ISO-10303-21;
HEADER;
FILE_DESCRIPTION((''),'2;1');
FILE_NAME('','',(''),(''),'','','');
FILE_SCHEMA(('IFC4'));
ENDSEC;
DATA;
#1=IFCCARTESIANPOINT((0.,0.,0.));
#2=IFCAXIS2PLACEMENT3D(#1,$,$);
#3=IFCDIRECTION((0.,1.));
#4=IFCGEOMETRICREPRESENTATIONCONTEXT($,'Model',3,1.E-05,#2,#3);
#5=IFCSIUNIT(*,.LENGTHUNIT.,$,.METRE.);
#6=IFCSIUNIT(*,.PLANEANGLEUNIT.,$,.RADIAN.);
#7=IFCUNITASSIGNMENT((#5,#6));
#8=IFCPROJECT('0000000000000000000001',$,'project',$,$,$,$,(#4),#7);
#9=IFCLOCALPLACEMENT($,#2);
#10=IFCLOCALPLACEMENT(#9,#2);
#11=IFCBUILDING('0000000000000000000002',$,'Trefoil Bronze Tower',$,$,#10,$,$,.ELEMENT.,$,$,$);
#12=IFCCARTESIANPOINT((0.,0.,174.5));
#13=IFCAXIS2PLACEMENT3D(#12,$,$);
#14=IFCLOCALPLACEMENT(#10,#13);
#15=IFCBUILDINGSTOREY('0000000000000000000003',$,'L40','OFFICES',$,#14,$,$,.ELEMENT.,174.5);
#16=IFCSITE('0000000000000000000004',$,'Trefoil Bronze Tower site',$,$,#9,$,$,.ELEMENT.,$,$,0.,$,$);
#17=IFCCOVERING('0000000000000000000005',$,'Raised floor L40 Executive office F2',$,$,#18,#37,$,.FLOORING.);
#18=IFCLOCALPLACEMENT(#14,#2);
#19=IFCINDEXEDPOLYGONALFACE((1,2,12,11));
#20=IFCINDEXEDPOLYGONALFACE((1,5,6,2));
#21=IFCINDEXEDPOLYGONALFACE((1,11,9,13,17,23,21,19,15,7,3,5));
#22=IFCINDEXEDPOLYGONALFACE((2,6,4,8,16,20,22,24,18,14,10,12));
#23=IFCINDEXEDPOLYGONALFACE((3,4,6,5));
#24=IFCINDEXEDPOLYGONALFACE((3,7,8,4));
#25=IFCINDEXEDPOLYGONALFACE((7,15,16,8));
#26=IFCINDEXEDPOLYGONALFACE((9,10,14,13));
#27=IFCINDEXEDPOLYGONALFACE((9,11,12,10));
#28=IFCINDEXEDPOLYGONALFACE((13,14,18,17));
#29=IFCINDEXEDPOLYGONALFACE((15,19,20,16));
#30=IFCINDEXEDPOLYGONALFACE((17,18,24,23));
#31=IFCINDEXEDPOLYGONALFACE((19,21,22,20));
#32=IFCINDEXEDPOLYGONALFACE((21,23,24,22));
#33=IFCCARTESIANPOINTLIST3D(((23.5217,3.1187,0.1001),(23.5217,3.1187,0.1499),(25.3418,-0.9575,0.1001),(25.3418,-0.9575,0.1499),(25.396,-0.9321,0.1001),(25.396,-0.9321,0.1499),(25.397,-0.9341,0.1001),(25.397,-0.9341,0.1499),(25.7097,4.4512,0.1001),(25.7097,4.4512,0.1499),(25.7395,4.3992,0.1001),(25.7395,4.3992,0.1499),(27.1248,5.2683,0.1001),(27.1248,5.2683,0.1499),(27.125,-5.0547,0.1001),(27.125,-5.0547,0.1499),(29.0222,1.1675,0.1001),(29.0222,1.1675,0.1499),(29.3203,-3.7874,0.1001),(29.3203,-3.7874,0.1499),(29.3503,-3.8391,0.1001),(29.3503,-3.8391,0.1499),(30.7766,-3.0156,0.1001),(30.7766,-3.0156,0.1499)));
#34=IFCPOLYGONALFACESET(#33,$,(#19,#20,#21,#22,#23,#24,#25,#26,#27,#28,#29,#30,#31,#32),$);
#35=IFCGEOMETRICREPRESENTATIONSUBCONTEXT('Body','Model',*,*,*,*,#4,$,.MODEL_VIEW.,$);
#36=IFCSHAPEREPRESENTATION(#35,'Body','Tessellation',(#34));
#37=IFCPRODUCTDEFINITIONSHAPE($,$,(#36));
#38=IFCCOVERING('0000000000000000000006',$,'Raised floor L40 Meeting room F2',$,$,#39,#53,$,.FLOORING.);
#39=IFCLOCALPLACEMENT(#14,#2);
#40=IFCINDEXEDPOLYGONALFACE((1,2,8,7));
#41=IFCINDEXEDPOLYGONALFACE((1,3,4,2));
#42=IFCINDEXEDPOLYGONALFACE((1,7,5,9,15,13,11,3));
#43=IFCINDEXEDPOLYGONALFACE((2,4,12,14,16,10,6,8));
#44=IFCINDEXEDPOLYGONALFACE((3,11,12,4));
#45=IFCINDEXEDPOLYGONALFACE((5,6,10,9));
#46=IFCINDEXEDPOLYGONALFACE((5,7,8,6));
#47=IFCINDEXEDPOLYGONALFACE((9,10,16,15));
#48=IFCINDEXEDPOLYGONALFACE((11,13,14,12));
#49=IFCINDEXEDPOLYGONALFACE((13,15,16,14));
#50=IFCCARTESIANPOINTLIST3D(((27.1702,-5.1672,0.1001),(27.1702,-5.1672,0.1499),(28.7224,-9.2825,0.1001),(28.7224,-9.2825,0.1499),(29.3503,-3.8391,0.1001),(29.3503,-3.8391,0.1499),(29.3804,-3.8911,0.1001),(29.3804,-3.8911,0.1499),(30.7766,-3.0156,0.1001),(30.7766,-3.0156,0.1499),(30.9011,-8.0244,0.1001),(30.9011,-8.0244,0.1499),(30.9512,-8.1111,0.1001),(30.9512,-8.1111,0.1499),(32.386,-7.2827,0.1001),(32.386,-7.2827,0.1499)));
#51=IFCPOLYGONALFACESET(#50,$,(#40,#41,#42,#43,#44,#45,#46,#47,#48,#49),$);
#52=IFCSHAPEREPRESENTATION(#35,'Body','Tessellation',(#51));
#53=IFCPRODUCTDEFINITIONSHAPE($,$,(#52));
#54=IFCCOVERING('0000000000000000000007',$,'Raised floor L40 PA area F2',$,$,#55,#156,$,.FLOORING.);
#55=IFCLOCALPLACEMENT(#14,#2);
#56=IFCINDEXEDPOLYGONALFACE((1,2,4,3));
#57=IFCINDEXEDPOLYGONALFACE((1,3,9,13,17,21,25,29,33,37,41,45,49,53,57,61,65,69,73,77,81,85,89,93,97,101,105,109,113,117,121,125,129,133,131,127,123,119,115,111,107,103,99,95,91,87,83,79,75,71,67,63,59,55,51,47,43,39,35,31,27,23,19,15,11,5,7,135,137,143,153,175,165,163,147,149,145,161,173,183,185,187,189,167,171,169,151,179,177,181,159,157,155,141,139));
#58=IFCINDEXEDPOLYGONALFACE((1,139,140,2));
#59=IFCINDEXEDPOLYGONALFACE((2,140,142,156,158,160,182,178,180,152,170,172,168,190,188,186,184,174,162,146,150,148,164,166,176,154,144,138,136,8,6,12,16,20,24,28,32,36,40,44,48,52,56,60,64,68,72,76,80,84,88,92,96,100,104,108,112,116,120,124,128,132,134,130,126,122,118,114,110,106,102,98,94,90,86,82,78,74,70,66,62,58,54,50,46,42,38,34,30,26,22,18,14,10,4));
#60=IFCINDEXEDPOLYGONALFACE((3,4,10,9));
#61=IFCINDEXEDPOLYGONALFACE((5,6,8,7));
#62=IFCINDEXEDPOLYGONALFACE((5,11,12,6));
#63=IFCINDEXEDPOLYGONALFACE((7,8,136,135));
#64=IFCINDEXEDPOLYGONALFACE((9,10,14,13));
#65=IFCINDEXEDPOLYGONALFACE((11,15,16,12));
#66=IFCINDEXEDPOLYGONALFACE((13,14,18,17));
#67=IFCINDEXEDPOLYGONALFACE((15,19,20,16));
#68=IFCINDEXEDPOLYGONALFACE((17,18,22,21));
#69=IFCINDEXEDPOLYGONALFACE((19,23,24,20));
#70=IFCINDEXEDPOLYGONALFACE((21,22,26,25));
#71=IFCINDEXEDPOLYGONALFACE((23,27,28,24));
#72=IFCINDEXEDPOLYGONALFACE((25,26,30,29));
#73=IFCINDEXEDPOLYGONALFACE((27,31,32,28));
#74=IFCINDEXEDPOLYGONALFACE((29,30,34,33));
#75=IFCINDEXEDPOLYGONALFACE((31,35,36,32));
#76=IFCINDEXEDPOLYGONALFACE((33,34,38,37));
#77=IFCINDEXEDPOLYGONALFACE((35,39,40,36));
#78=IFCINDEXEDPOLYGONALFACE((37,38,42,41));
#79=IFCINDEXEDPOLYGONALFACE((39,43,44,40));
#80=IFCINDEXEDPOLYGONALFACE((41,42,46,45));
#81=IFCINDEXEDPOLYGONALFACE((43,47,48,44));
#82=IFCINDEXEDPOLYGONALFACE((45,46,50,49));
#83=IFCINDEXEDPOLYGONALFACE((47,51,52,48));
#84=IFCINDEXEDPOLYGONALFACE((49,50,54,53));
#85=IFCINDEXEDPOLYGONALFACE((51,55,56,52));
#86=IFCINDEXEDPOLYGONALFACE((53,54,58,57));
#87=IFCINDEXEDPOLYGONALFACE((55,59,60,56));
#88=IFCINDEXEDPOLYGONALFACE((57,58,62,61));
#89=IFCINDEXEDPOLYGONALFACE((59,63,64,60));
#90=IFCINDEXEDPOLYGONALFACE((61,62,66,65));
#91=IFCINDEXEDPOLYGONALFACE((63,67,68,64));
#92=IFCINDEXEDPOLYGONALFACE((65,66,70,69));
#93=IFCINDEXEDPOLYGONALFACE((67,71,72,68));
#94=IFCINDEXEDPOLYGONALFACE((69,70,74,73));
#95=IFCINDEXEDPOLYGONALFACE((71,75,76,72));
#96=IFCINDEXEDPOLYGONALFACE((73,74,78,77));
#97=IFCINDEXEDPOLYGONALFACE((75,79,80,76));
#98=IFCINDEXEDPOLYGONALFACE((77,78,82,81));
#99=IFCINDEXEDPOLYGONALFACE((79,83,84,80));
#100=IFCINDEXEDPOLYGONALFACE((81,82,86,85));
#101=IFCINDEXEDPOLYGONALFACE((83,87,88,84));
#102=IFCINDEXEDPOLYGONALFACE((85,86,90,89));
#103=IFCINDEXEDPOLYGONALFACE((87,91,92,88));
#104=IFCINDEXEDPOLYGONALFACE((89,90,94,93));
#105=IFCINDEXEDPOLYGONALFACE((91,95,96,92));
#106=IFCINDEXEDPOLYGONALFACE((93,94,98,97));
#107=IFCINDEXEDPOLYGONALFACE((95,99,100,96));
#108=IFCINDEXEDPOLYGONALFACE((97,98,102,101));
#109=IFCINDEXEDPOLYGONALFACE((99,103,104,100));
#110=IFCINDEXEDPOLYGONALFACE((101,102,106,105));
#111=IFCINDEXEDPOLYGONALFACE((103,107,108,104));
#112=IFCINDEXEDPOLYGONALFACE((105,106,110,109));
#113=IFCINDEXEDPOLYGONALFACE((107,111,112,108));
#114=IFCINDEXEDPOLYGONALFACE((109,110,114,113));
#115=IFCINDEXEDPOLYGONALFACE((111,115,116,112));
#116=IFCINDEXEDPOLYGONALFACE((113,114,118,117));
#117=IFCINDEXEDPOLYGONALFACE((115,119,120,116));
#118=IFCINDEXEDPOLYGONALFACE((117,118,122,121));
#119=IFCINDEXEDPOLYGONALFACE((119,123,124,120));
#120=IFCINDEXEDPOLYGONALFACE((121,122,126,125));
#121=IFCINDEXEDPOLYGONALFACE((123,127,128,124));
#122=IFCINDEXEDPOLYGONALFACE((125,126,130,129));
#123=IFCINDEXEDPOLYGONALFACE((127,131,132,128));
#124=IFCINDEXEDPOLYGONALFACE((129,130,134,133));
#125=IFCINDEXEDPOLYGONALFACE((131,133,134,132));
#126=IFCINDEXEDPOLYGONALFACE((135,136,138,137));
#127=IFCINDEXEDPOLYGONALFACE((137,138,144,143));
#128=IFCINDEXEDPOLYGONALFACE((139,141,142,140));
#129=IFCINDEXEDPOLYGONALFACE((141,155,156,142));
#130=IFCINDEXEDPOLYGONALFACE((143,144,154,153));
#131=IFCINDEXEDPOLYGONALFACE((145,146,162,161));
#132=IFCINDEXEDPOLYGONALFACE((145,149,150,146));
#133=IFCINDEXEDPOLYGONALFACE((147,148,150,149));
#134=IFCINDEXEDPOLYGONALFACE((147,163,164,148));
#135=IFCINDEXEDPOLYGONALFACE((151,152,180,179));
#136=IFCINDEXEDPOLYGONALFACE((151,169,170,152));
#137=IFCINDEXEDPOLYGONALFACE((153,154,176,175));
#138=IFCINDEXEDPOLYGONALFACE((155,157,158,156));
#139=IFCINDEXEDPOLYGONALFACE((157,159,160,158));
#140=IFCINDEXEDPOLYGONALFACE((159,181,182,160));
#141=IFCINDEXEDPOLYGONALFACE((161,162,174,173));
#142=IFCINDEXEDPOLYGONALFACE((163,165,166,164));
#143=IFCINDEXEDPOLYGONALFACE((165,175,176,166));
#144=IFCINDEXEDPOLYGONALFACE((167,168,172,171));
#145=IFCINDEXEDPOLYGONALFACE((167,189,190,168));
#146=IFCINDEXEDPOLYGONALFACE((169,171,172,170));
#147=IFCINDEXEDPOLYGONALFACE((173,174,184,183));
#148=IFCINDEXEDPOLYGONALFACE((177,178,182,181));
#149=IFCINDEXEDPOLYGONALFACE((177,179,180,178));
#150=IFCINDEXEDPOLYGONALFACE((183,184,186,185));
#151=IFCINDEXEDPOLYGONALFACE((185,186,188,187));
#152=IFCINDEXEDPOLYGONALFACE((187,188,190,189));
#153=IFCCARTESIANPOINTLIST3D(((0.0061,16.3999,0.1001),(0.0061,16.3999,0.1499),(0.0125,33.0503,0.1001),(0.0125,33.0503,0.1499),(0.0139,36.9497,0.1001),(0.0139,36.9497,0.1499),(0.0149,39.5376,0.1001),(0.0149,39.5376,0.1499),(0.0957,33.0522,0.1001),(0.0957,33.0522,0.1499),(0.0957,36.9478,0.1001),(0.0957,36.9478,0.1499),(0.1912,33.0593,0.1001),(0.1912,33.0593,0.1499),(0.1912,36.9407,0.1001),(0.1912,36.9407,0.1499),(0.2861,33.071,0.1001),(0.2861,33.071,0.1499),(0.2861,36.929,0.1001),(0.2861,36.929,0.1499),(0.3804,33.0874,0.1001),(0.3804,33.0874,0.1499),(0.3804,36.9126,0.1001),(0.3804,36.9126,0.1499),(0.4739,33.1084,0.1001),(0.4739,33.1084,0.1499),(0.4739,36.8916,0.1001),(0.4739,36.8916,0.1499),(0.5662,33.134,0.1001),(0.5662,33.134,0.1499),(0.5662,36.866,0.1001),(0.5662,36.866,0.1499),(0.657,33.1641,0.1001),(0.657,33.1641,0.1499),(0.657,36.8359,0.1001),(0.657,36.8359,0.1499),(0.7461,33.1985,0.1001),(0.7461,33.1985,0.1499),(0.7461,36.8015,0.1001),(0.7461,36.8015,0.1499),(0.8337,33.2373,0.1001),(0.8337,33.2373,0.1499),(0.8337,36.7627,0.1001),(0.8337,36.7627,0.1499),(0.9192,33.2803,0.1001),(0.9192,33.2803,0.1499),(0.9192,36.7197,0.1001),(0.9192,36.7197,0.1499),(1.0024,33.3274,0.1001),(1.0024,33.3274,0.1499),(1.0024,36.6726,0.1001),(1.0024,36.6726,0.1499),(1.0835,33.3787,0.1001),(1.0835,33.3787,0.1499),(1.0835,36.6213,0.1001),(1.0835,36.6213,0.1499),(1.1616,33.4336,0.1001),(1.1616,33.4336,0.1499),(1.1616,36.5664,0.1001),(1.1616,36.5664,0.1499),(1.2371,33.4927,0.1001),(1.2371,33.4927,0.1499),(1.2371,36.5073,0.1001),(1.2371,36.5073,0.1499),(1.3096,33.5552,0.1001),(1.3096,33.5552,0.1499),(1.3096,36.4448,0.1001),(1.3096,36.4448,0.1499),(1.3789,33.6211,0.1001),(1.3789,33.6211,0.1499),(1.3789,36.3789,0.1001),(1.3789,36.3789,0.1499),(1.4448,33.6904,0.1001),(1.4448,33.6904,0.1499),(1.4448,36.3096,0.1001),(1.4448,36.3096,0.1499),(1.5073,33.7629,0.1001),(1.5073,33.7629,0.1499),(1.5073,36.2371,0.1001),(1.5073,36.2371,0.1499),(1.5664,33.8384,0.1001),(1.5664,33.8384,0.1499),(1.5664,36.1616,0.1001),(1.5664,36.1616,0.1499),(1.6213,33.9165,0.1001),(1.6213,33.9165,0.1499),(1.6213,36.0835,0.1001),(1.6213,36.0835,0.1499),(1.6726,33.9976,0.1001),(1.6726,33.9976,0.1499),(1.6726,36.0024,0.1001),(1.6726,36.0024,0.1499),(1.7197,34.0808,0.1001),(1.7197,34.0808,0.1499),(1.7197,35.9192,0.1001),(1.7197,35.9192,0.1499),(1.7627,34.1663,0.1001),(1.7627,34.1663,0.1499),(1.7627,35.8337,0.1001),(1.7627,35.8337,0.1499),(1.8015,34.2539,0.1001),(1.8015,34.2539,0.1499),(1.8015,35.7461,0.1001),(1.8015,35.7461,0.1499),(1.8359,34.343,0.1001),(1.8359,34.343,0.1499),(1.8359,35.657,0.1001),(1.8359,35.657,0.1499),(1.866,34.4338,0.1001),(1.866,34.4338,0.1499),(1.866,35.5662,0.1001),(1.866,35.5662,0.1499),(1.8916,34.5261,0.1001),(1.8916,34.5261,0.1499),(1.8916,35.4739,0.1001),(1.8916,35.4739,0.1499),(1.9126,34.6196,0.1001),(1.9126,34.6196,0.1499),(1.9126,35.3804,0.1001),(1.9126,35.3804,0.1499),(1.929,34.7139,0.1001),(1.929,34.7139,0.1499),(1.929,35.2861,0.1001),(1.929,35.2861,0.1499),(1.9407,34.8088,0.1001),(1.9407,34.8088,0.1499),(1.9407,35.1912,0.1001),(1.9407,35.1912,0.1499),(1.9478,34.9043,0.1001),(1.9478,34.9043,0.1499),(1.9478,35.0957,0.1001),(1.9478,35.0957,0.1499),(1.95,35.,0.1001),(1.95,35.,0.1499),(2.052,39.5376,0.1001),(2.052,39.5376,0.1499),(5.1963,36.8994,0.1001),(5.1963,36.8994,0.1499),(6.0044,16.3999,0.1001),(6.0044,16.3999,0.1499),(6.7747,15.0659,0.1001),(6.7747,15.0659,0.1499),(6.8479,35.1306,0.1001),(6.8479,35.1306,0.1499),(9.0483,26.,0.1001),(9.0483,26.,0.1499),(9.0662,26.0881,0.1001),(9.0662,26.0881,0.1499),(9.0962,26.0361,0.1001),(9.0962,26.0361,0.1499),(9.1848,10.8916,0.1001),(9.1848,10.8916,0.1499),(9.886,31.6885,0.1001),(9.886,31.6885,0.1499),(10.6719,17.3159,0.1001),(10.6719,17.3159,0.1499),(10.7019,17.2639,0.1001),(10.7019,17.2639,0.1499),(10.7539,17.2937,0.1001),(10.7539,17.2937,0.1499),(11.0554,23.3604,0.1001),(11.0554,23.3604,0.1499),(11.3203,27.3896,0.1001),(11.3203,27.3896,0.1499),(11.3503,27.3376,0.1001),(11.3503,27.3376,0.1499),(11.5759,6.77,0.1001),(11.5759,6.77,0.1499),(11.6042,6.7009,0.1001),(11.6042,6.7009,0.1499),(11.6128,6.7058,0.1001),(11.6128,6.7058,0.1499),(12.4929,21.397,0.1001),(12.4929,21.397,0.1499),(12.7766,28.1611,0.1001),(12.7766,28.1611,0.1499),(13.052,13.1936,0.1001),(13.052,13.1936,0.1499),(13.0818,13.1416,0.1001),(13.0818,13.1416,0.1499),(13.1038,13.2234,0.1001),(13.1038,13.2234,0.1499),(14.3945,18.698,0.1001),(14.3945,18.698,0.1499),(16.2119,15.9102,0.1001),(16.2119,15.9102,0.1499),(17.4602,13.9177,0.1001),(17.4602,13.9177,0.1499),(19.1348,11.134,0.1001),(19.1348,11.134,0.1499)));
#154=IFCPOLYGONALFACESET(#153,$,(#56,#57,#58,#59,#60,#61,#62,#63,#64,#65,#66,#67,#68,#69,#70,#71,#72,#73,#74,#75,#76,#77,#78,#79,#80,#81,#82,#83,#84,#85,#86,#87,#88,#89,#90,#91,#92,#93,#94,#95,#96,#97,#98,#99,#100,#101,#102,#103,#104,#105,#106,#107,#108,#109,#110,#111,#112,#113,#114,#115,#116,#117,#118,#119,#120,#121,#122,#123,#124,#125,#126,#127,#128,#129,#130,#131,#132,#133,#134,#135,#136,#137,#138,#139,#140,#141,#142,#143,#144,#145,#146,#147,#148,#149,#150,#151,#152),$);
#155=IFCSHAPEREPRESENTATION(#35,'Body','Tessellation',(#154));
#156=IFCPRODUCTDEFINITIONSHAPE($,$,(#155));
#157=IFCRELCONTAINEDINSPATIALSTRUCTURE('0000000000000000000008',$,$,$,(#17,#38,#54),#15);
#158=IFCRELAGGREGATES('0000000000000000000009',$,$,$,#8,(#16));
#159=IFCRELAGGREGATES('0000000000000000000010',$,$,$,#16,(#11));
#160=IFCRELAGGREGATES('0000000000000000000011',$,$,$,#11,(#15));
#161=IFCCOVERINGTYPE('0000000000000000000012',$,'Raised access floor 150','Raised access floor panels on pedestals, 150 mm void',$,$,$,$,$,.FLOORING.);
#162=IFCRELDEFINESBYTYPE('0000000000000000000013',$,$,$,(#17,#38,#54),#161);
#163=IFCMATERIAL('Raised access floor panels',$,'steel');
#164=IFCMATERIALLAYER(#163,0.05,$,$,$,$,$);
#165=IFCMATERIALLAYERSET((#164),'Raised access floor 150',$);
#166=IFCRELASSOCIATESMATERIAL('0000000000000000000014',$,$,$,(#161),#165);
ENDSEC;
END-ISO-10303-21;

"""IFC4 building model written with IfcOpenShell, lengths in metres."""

from ifc_helpers import new_model, si_unit, direction, frame, origin, place, context, subcontext, project, spatial, polyline, outline, extrude, material, layer, layer_set, type_object, element, save


model = new_model("IFC4")

# Units and contexts
model_context = context("Model", 3, precision=1e-05, world=origin(), true_north=direction((0.0, 1.0)))
body_context = subcontext(model_context, "Body", "Model", "MODEL_VIEW")
ifc_project = project(units=[si_unit("LENGTHUNIT", "METRE"), si_unit("PLANEANGLEUNIT", "RADIAN")], contexts=[model_context])

# Site, building, storey
site_placement = place(None, origin())
site = spatial("IfcSite", under=ifc_project, at=site_placement, Name="Trefoil Bronze Tower site", CompositionType="ELEMENT", RefElevation=0.0)
building_placement = place(site_placement, origin())
building = spatial("IfcBuilding", under=site, at=building_placement, Name="Trefoil Bronze Tower", CompositionType="ELEMENT")
storey_placement = place(building_placement, frame((0.0, 0.0, 174.5)))
storey = spatial("IfcBuildingStorey", under=building, at=storey_placement, Name="L40", Description="OFFICES", CompositionType="ELEMENT", Elevation=174.5)

# Coverings
ifc_material_1 = material(Name="Raised access floor panels", Category="steel")
ifc_layer_1 = layer(ifc_material_1, 0.05)
ifc_layer_set_1 = layer_set([ifc_layer_1], Name="Raised access floor 150")
covering_type_1 = type_object("IfcCoveringType", Name="Raised access floor 150", Description="Raised access floor panels on pedestals, 150 mm void", PredefinedType="FLOORING", material=ifc_layer_set_1)
covering_1_placement = place(storey_placement, frame((0.0, 0.0, 0.1001)))
element("IfcCovering", 1, at=covering_1_placement, inside=storey, type_object=covering_type_1, Name="Raised floor L40 Executive office F2", PredefinedType="FLOORING", context=body_context, shape_type="SweptSolid", body=[
    extrude(outline(polyline([(29.0222, 1.1675), (30.7766, -3.0156), (29.3503, -3.8391), (29.3203, -3.7874), (27.125, -5.0547), (25.397, -0.9341), (25.3418, -0.9575), (25.396, -0.9321), (23.5217, 3.1187), (25.7395, 4.3992), (25.7097, 4.4512), (27.1248, 5.2683), (29.0222, 1.1675)])), origin(), (0.0, 0.0, 1.0), 0.0498),
])
covering_2_placement = place(storey_placement, frame((0.0, 0.0, 0.1001)))
element("IfcCovering", 2, at=covering_2_placement, inside=storey, type_object=covering_type_1, Name="Raised floor L40 Meeting room F2", PredefinedType="FLOORING", context=body_context, shape_type="SweptSolid", body=[
    extrude(outline(polyline([(30.7766, -3.0156), (32.386, -7.2827), (30.9512, -8.1111), (30.9011, -8.0244), (28.7224, -9.2825), (27.1702, -5.1672), (29.3804, -3.8911), (29.3503, -3.8391), (30.7766, -3.0156)])), origin(), (0.0, 0.0, 1.0), 0.0498),
])
covering_3_placement = place(storey_placement, frame((0.0, 0.0, 0.1001)))
element("IfcCovering", 3, at=covering_3_placement, inside=storey, type_object=covering_type_1, Name="Raised floor L40 PA area F2", PredefinedType="FLOORING", context=body_context, shape_type="SweptSolid", body=[
    extrude(outline(polyline([(2.052, 39.5376), (5.1963, 36.8994), (6.8479, 35.1306), (9.886, 31.6885), (12.7766, 28.1611), (11.3503, 27.3376), (11.3203, 27.3896), (9.0662, 26.0881), (9.0962, 26.0361), (9.0483, 26.0), (11.0554, 23.3604), (12.4929, 21.397), (14.3945, 18.698), (16.2119, 15.9102), (17.4602, 13.9177), (19.1348, 11.134), (11.5759, 6.77), (11.6128, 6.7058), (11.6042, 6.7009), (9.1848, 10.8916), (13.0818, 13.1416), (13.052, 13.1936), (13.1038, 13.2234), (10.7539, 17.2937), (10.7019, 17.2639), (10.6719, 17.3159), (6.7747, 15.0659), (6.0044, 16.3999), (0.0061, 16.3999), (0.0125, 33.0503), (0.0957, 33.0522), (0.1912, 33.0593), (0.2861, 33.071), (0.3804, 33.0874), (0.4739, 33.1084), (0.5662, 33.134), (0.657, 33.1641), (0.7461, 33.1985), (0.8337, 33.2373), (0.9192, 33.2803), (1.0024, 33.3274), (1.0835, 33.3787), (1.1616, 33.4336), (1.2371, 33.4927), (1.3096, 33.5552), (1.3789, 33.6211), (1.4448, 33.6904), (1.5073, 33.7629), (1.5664, 33.8384), (1.6213, 33.9165), (1.6726, 33.9976), (1.7197, 34.0808), (1.7627, 34.1663), (1.8015, 34.2539), (1.8359, 34.343), (1.866, 34.4338), (1.8916, 34.5261), (1.9126, 34.6196), (1.929, 34.7139), (1.9407, 34.8088), (1.9478, 34.9043), (1.95, 35.0), (1.9478, 35.0957), (1.9407, 35.1912), (1.929, 35.2861), (1.9126, 35.3804), (1.8916, 35.4739), (1.866, 35.5662), (1.8359, 35.657), (1.8015, 35.7461), (1.7627, 35.8337), (1.7197, 35.9192), (1.6726, 36.0024), (1.6213, 36.0835), (1.5664, 36.1616), (1.5073, 36.2371), (1.4448, 36.3096), (1.3789, 36.3789), (1.3096, 36.4448), (1.2371, 36.5073), (1.1616, 36.5664), (1.0835, 36.6213), (1.0024, 36.6726), (0.9192, 36.7197), (0.8337, 36.7627), (0.7461, 36.8015), (0.657, 36.8359), (0.5662, 36.866), (0.4739, 36.8916), (0.3804, 36.9126), (0.2861, 36.929), (0.1912, 36.9407), (0.0957, 36.9478), (0.0139, 36.9497), (0.0149, 39.5376), (2.052, 39.5376)])), origin(), (0.0, 0.0, 1.0), 0.0498),
])

save(model, "model.ifc")
